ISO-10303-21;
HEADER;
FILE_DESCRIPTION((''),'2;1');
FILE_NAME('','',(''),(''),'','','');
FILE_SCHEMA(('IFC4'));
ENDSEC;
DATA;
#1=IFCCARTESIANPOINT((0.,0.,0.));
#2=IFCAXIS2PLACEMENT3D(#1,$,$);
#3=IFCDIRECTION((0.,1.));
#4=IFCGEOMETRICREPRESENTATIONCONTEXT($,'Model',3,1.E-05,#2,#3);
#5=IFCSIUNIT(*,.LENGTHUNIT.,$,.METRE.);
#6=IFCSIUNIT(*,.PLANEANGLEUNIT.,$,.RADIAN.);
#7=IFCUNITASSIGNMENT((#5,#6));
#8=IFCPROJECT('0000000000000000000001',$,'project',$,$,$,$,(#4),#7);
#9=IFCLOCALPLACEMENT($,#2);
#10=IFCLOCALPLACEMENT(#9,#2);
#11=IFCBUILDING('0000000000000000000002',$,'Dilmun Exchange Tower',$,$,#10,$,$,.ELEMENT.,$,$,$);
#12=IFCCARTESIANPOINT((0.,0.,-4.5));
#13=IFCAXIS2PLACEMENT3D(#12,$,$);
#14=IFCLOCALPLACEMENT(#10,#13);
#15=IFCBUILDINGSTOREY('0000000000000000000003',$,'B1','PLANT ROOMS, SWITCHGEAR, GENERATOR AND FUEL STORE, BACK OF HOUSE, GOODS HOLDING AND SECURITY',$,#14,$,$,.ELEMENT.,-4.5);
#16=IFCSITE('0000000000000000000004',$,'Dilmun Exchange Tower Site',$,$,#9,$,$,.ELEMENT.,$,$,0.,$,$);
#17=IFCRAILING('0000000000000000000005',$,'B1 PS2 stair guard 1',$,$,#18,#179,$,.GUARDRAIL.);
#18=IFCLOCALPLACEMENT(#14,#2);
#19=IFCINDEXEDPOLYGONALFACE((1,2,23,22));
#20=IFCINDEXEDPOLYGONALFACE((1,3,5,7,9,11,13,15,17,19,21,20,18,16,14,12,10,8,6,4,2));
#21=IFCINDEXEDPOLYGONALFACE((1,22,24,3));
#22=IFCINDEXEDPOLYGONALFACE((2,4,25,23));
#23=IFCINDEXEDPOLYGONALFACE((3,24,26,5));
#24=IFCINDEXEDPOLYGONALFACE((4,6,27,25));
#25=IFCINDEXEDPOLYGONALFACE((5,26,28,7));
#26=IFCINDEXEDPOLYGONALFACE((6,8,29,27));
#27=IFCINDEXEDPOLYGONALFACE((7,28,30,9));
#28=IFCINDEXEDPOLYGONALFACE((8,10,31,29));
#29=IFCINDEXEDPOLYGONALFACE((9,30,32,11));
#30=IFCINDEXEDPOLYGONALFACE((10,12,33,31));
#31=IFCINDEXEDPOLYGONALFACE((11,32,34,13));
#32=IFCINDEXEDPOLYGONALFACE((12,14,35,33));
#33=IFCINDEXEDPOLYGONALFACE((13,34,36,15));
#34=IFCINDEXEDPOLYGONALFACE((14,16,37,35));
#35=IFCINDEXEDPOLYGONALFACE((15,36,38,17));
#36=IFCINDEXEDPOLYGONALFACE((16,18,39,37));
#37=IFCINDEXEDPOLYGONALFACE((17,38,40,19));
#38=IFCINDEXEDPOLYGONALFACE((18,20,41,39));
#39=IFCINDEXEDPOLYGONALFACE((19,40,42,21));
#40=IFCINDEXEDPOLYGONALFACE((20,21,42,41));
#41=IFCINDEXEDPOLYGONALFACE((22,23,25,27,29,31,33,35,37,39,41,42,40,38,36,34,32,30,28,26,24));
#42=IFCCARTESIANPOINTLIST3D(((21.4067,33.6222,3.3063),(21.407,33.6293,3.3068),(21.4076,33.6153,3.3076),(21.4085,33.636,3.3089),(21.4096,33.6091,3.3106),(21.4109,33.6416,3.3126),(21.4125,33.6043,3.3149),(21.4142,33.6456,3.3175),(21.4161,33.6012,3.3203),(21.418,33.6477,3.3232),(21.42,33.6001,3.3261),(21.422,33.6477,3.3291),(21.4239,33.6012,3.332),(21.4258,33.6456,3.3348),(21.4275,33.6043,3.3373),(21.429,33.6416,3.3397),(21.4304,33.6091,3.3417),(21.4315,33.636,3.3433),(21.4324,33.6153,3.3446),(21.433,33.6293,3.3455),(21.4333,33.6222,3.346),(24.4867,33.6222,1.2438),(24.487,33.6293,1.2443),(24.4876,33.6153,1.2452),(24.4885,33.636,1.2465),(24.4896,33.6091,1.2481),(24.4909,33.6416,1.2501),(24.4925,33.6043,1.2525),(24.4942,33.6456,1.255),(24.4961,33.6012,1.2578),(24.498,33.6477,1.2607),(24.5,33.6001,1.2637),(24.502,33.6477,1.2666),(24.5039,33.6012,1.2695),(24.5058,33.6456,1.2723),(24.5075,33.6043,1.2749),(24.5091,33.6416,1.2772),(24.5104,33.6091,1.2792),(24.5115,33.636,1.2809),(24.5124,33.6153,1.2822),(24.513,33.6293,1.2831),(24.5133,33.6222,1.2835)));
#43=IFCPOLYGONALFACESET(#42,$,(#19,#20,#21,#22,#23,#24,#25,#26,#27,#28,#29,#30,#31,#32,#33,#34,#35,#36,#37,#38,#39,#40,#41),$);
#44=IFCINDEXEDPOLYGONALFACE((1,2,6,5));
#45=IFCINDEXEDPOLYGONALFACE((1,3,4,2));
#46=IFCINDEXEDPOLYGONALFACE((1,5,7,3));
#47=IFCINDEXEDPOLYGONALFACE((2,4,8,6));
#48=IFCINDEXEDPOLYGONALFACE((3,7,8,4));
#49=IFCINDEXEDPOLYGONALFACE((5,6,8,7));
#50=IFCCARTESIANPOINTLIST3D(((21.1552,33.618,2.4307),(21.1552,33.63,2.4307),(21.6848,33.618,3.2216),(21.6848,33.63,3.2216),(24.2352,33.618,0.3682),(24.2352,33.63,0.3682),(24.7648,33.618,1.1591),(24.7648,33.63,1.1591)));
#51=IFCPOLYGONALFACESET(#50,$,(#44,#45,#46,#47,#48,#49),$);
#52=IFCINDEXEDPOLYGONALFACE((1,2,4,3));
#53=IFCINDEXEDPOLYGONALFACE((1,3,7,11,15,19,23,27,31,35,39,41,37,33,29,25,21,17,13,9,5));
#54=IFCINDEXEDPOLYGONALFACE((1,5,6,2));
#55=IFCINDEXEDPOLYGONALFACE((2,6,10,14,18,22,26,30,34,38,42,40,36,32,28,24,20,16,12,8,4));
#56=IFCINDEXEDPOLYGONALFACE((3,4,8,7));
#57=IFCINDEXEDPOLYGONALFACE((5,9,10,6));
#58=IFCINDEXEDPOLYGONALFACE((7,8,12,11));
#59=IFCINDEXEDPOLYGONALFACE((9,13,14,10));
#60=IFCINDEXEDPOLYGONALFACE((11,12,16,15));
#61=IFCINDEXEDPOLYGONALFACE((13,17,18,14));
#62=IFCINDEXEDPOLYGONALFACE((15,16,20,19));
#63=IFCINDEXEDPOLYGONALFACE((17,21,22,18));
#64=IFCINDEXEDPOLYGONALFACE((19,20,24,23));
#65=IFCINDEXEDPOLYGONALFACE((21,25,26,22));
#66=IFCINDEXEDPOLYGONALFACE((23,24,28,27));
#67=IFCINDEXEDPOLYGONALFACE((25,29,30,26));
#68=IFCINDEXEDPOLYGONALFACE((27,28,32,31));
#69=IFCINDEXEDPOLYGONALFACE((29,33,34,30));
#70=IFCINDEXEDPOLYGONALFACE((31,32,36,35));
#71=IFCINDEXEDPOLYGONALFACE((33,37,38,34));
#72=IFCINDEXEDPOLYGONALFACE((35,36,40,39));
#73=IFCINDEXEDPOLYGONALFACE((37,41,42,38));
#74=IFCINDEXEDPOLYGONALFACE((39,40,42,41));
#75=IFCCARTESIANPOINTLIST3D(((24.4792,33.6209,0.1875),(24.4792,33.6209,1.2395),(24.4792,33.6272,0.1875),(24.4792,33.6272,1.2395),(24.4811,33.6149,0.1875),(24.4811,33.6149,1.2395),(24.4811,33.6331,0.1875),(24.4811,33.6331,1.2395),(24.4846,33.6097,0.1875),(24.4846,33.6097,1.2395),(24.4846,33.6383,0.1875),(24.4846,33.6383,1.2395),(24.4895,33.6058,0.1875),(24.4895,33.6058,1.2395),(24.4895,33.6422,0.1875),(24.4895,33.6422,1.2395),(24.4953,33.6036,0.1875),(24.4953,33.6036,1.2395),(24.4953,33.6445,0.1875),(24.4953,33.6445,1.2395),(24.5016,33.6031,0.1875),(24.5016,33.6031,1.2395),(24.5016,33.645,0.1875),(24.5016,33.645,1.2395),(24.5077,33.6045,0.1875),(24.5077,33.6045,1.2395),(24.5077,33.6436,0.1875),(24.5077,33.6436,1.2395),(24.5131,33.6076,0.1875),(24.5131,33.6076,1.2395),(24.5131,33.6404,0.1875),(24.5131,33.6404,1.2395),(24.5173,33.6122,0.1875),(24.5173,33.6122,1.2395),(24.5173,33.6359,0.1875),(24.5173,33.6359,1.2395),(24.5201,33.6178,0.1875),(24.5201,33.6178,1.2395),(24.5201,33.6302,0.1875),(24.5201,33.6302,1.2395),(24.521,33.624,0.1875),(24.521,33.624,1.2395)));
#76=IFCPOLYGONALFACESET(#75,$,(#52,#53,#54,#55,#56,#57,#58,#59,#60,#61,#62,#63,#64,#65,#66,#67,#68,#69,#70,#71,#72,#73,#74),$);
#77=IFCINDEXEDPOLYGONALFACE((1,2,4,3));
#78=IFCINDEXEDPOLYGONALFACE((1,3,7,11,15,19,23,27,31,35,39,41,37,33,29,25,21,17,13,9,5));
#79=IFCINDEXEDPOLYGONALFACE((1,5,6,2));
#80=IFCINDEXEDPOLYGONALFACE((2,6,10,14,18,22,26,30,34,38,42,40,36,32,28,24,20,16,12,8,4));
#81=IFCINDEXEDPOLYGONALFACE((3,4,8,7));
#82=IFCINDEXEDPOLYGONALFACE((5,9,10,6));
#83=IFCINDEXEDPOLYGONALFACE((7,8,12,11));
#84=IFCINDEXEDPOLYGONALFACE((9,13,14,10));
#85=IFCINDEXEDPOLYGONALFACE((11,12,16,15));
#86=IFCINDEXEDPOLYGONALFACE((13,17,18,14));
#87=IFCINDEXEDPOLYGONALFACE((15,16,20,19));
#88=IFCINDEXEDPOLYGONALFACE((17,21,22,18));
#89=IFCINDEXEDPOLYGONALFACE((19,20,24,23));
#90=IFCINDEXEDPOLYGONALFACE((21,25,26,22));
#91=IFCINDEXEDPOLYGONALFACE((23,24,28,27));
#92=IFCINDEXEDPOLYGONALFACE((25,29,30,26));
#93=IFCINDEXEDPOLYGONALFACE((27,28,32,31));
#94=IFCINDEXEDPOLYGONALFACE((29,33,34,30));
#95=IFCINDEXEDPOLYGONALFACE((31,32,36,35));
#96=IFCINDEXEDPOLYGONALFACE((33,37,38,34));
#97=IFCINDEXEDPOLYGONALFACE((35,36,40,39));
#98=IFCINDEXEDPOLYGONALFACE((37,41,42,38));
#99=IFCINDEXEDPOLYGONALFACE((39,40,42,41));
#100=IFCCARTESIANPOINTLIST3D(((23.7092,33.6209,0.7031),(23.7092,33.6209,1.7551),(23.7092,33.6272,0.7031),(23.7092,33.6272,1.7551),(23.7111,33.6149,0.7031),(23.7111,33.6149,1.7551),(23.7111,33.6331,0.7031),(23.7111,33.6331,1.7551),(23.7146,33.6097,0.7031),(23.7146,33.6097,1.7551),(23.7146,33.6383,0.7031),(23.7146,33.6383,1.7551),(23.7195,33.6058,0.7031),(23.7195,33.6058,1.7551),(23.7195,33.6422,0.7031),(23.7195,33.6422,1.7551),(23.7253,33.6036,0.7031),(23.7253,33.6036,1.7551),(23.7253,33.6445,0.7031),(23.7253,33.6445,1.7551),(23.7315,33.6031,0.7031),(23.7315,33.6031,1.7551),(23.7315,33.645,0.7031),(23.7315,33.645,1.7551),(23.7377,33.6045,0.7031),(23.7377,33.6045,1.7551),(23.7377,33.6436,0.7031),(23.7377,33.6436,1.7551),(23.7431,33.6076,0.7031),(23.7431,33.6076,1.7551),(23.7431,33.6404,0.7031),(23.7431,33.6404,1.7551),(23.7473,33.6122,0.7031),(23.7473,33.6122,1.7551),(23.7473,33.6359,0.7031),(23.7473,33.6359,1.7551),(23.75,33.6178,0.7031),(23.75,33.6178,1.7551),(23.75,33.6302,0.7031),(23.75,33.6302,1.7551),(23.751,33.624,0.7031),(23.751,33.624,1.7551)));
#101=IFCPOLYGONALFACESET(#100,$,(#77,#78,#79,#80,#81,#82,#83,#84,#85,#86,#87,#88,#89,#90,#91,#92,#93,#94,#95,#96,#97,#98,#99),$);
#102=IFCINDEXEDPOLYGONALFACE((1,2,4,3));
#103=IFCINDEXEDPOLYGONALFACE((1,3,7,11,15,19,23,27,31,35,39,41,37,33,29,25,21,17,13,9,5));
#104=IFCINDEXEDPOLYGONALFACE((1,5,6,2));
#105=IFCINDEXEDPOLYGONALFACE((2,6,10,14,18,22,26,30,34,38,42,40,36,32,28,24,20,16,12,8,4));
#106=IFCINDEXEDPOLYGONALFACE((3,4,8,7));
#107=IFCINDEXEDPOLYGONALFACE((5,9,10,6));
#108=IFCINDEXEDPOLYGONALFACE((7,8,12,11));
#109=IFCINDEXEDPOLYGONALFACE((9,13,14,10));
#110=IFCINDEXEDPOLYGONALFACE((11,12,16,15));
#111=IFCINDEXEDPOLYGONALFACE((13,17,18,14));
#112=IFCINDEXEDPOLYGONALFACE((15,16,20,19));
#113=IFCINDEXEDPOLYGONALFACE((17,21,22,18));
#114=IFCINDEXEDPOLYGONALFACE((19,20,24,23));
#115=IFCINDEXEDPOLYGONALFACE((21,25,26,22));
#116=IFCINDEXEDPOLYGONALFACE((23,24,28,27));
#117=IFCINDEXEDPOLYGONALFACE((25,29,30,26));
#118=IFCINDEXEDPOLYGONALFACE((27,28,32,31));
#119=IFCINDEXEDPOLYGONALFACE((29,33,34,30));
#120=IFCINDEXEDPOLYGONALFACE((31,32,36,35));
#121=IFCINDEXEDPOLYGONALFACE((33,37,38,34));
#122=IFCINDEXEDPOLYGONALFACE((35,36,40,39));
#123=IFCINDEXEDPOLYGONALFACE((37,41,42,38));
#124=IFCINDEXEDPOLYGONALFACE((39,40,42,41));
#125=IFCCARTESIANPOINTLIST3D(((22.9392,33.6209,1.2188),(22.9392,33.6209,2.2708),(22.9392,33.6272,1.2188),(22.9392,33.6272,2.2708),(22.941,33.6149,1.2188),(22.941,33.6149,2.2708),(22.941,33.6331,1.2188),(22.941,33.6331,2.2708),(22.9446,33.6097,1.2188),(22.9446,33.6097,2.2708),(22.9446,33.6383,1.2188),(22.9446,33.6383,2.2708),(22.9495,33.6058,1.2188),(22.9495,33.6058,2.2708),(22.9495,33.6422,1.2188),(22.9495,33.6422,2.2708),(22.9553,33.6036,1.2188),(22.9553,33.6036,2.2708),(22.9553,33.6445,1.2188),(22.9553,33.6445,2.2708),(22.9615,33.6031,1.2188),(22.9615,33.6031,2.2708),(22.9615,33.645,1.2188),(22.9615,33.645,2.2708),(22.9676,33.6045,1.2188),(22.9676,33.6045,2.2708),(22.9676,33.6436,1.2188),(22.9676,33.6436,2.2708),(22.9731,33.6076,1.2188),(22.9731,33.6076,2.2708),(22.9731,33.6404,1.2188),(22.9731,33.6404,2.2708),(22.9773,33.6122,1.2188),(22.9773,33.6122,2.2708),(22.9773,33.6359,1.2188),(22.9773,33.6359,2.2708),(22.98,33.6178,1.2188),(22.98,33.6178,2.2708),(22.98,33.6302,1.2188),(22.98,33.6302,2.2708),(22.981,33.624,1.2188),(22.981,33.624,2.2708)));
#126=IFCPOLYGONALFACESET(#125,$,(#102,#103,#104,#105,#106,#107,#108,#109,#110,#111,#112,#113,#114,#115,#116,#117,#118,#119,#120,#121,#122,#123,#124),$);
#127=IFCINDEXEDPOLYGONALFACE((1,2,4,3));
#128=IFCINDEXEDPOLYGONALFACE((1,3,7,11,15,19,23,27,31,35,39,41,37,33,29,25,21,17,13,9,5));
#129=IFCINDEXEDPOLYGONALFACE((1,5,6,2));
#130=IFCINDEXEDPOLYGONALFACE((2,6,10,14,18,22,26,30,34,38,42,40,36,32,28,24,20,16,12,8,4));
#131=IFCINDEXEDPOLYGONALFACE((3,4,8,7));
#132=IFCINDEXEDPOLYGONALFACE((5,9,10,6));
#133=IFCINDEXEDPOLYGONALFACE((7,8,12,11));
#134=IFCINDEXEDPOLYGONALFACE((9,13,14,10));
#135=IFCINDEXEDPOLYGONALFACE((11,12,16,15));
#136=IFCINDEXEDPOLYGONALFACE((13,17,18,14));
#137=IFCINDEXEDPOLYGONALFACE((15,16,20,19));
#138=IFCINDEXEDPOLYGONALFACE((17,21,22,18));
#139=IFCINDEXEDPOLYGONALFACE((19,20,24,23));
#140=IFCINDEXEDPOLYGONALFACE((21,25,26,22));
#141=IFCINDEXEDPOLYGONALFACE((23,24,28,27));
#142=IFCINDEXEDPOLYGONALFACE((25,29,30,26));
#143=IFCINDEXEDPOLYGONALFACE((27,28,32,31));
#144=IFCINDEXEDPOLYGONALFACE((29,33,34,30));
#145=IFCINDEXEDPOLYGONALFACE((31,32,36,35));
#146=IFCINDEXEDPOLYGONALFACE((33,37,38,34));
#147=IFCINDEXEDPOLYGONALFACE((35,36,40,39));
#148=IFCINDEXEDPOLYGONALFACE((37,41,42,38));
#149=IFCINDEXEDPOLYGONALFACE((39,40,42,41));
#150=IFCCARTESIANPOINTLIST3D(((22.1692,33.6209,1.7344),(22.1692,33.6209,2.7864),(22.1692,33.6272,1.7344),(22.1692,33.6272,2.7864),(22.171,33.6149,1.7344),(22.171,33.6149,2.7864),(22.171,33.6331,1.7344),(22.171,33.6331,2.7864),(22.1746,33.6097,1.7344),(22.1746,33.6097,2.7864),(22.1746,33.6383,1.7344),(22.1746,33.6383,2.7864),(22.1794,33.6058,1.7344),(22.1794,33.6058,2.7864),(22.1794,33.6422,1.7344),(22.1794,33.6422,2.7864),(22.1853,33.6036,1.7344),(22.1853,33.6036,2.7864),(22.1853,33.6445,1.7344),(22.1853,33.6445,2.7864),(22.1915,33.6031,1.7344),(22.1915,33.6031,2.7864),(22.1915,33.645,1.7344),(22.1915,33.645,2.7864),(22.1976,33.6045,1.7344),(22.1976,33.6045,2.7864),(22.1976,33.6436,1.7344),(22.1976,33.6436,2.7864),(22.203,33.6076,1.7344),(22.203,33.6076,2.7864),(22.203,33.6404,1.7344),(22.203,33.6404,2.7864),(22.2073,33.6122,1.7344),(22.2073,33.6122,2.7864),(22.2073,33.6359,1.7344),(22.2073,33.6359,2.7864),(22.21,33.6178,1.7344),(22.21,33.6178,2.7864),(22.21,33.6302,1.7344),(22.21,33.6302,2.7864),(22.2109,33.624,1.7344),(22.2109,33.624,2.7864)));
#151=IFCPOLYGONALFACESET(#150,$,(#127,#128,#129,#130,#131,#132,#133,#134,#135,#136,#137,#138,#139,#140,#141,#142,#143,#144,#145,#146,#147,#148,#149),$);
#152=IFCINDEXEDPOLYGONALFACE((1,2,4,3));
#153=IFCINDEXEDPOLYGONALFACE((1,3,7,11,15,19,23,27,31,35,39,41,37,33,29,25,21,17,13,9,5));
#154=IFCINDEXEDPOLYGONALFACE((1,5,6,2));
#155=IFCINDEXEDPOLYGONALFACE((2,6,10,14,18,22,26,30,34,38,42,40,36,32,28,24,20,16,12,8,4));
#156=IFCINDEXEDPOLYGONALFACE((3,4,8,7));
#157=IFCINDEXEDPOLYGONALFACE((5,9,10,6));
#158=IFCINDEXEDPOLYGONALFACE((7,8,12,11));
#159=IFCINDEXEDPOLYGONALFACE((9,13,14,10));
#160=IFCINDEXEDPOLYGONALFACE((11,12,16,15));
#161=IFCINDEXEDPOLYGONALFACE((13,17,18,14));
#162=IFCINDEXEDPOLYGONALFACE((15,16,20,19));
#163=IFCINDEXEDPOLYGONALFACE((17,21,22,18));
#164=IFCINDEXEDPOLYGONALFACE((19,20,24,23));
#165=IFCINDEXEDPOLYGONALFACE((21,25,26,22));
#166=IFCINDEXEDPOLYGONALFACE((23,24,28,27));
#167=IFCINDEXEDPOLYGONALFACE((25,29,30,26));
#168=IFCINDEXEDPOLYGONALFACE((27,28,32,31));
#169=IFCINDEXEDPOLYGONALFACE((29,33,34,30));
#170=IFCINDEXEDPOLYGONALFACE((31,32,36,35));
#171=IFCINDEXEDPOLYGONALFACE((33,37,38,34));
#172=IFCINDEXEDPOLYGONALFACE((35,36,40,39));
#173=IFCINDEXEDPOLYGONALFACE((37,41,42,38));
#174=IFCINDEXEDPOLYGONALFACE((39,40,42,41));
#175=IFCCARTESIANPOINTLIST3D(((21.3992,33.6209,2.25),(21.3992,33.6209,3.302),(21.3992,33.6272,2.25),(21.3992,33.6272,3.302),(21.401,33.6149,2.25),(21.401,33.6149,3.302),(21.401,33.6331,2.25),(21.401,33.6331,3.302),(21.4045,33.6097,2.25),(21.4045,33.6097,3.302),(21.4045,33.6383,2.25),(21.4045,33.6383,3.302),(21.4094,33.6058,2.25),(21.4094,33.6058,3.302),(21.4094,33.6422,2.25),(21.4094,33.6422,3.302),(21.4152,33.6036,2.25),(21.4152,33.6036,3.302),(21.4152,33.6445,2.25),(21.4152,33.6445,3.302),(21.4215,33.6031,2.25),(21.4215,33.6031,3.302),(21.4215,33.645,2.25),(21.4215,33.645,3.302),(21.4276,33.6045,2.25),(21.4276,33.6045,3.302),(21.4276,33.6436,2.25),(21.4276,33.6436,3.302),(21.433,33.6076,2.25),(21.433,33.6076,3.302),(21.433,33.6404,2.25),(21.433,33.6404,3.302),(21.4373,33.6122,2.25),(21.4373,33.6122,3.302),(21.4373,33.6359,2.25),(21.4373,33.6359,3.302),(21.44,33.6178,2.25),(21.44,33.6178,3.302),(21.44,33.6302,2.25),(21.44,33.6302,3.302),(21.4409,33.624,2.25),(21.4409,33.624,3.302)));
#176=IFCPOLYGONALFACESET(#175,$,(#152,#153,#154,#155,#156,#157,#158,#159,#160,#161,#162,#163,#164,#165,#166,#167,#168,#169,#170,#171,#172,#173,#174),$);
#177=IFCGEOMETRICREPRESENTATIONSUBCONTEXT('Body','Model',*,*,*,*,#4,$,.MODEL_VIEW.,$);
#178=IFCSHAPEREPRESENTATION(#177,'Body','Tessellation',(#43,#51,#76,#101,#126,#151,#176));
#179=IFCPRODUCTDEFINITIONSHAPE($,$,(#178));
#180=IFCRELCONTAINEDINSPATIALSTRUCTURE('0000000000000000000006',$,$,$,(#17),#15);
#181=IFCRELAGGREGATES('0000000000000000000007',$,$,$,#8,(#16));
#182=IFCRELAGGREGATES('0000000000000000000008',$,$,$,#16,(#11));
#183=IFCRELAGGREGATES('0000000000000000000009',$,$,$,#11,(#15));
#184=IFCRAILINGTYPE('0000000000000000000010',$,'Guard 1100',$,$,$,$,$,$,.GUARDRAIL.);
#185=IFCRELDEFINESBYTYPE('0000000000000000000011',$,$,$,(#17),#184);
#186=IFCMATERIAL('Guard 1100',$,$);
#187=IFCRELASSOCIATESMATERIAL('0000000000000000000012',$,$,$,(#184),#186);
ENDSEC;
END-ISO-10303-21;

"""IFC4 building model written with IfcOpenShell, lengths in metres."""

from ifc_helpers import new_model, si_unit, direction, frame, origin, origin_2d, place, context, subcontext, project, spatial, rectangle, circle, extrude, material, type_object, element, save


model = new_model("IFC4")

# Units and contexts
model_context = context("Model", 3, precision=1e-05, world=origin(), true_north=direction((0.0, 1.0)))
body_context = subcontext(model_context, "Body", "Model", "MODEL_VIEW")
ifc_project = project(units=[si_unit("LENGTHUNIT", "METRE"), si_unit("PLANEANGLEUNIT", "RADIAN")], contexts=[model_context])

# Site, building, storey
site_placement = place(None, origin())
site = spatial("IfcSite", under=ifc_project, at=site_placement, Name="Dilmun Exchange Tower Site", CompositionType="ELEMENT", RefElevation=0.0)
building_placement = place(site_placement, origin())
building = spatial("IfcBuilding", under=site, at=building_placement, Name="Dilmun Exchange Tower", CompositionType="ELEMENT")
storey_placement = place(building_placement, frame((0.0, 0.0, -4.5)))
storey = spatial("IfcBuildingStorey", under=building, at=storey_placement, Name="B1", Description="PLANT ROOMS, SWITCHGEAR, GENERATOR AND FUEL STORE, BACK OF HOUSE, GOODS HOLDING AND SECURITY", CompositionType="ELEMENT", Elevation=-4.5)

# Railing
ifc_material_1 = material(Name="Guard 1100")
railing_type_1 = type_object("IfcRailingType", Name="Guard 1100", PredefinedType="GUARDRAIL", material=ifc_material_1)
railing_1_placement = place(storey_placement, frame((24.5, 33.624, 0.1875)))
element("IfcRailing", 1, at=railing_1_placement, inside=storey, type_object=railing_type_1, Name="B1 PS2 stair guard 1", PredefinedType="GUARDRAIL", context=body_context, shape_type="SweptSolid", body=[
    extrude(circle(Radius=0.0239, at=origin_2d()), frame((0.0, 0.0, 1.0762), z_axis=(-0.830914, 0.0, 0.556401), x_axis=(0.0, -1.0, 0.0)), (0.0, 0.0, 1.0), 3.7068),
    extrude(rectangle(XDim=0.012, YDim=0.9519, at=origin_2d()), frame((0.0, 0.0, 0.5762), z_axis=(-0.830914, 0.0, 0.556401), x_axis=(0.0, -1.0, 0.0)), (0.0, 0.0, 1.0), 3.7068),
    extrude(circle(Radius=0.021, at=origin_2d()), origin(), (0.0, 0.0, 1.0), 1.052),
    extrude(circle(Radius=0.021, at=origin_2d()), frame((-0.77, 0.0, 0.5156)), (0.0, 0.0, 1.0), 1.052),
    extrude(circle(Radius=0.021, at=origin_2d()), frame((-1.54, 0.0, 1.0312)), (0.0, 0.0, 1.0), 1.052),
    extrude(circle(Radius=0.021, at=origin_2d()), frame((-2.3101, 0.0, 1.5469)), (0.0, 0.0, 1.0), 1.052),
    extrude(circle(Radius=0.021, at=origin_2d()), frame((-3.0801, 0.0, 2.0625)), (0.0, 0.0, 1.0), 1.052),
])

save(model, "model.ifc")
